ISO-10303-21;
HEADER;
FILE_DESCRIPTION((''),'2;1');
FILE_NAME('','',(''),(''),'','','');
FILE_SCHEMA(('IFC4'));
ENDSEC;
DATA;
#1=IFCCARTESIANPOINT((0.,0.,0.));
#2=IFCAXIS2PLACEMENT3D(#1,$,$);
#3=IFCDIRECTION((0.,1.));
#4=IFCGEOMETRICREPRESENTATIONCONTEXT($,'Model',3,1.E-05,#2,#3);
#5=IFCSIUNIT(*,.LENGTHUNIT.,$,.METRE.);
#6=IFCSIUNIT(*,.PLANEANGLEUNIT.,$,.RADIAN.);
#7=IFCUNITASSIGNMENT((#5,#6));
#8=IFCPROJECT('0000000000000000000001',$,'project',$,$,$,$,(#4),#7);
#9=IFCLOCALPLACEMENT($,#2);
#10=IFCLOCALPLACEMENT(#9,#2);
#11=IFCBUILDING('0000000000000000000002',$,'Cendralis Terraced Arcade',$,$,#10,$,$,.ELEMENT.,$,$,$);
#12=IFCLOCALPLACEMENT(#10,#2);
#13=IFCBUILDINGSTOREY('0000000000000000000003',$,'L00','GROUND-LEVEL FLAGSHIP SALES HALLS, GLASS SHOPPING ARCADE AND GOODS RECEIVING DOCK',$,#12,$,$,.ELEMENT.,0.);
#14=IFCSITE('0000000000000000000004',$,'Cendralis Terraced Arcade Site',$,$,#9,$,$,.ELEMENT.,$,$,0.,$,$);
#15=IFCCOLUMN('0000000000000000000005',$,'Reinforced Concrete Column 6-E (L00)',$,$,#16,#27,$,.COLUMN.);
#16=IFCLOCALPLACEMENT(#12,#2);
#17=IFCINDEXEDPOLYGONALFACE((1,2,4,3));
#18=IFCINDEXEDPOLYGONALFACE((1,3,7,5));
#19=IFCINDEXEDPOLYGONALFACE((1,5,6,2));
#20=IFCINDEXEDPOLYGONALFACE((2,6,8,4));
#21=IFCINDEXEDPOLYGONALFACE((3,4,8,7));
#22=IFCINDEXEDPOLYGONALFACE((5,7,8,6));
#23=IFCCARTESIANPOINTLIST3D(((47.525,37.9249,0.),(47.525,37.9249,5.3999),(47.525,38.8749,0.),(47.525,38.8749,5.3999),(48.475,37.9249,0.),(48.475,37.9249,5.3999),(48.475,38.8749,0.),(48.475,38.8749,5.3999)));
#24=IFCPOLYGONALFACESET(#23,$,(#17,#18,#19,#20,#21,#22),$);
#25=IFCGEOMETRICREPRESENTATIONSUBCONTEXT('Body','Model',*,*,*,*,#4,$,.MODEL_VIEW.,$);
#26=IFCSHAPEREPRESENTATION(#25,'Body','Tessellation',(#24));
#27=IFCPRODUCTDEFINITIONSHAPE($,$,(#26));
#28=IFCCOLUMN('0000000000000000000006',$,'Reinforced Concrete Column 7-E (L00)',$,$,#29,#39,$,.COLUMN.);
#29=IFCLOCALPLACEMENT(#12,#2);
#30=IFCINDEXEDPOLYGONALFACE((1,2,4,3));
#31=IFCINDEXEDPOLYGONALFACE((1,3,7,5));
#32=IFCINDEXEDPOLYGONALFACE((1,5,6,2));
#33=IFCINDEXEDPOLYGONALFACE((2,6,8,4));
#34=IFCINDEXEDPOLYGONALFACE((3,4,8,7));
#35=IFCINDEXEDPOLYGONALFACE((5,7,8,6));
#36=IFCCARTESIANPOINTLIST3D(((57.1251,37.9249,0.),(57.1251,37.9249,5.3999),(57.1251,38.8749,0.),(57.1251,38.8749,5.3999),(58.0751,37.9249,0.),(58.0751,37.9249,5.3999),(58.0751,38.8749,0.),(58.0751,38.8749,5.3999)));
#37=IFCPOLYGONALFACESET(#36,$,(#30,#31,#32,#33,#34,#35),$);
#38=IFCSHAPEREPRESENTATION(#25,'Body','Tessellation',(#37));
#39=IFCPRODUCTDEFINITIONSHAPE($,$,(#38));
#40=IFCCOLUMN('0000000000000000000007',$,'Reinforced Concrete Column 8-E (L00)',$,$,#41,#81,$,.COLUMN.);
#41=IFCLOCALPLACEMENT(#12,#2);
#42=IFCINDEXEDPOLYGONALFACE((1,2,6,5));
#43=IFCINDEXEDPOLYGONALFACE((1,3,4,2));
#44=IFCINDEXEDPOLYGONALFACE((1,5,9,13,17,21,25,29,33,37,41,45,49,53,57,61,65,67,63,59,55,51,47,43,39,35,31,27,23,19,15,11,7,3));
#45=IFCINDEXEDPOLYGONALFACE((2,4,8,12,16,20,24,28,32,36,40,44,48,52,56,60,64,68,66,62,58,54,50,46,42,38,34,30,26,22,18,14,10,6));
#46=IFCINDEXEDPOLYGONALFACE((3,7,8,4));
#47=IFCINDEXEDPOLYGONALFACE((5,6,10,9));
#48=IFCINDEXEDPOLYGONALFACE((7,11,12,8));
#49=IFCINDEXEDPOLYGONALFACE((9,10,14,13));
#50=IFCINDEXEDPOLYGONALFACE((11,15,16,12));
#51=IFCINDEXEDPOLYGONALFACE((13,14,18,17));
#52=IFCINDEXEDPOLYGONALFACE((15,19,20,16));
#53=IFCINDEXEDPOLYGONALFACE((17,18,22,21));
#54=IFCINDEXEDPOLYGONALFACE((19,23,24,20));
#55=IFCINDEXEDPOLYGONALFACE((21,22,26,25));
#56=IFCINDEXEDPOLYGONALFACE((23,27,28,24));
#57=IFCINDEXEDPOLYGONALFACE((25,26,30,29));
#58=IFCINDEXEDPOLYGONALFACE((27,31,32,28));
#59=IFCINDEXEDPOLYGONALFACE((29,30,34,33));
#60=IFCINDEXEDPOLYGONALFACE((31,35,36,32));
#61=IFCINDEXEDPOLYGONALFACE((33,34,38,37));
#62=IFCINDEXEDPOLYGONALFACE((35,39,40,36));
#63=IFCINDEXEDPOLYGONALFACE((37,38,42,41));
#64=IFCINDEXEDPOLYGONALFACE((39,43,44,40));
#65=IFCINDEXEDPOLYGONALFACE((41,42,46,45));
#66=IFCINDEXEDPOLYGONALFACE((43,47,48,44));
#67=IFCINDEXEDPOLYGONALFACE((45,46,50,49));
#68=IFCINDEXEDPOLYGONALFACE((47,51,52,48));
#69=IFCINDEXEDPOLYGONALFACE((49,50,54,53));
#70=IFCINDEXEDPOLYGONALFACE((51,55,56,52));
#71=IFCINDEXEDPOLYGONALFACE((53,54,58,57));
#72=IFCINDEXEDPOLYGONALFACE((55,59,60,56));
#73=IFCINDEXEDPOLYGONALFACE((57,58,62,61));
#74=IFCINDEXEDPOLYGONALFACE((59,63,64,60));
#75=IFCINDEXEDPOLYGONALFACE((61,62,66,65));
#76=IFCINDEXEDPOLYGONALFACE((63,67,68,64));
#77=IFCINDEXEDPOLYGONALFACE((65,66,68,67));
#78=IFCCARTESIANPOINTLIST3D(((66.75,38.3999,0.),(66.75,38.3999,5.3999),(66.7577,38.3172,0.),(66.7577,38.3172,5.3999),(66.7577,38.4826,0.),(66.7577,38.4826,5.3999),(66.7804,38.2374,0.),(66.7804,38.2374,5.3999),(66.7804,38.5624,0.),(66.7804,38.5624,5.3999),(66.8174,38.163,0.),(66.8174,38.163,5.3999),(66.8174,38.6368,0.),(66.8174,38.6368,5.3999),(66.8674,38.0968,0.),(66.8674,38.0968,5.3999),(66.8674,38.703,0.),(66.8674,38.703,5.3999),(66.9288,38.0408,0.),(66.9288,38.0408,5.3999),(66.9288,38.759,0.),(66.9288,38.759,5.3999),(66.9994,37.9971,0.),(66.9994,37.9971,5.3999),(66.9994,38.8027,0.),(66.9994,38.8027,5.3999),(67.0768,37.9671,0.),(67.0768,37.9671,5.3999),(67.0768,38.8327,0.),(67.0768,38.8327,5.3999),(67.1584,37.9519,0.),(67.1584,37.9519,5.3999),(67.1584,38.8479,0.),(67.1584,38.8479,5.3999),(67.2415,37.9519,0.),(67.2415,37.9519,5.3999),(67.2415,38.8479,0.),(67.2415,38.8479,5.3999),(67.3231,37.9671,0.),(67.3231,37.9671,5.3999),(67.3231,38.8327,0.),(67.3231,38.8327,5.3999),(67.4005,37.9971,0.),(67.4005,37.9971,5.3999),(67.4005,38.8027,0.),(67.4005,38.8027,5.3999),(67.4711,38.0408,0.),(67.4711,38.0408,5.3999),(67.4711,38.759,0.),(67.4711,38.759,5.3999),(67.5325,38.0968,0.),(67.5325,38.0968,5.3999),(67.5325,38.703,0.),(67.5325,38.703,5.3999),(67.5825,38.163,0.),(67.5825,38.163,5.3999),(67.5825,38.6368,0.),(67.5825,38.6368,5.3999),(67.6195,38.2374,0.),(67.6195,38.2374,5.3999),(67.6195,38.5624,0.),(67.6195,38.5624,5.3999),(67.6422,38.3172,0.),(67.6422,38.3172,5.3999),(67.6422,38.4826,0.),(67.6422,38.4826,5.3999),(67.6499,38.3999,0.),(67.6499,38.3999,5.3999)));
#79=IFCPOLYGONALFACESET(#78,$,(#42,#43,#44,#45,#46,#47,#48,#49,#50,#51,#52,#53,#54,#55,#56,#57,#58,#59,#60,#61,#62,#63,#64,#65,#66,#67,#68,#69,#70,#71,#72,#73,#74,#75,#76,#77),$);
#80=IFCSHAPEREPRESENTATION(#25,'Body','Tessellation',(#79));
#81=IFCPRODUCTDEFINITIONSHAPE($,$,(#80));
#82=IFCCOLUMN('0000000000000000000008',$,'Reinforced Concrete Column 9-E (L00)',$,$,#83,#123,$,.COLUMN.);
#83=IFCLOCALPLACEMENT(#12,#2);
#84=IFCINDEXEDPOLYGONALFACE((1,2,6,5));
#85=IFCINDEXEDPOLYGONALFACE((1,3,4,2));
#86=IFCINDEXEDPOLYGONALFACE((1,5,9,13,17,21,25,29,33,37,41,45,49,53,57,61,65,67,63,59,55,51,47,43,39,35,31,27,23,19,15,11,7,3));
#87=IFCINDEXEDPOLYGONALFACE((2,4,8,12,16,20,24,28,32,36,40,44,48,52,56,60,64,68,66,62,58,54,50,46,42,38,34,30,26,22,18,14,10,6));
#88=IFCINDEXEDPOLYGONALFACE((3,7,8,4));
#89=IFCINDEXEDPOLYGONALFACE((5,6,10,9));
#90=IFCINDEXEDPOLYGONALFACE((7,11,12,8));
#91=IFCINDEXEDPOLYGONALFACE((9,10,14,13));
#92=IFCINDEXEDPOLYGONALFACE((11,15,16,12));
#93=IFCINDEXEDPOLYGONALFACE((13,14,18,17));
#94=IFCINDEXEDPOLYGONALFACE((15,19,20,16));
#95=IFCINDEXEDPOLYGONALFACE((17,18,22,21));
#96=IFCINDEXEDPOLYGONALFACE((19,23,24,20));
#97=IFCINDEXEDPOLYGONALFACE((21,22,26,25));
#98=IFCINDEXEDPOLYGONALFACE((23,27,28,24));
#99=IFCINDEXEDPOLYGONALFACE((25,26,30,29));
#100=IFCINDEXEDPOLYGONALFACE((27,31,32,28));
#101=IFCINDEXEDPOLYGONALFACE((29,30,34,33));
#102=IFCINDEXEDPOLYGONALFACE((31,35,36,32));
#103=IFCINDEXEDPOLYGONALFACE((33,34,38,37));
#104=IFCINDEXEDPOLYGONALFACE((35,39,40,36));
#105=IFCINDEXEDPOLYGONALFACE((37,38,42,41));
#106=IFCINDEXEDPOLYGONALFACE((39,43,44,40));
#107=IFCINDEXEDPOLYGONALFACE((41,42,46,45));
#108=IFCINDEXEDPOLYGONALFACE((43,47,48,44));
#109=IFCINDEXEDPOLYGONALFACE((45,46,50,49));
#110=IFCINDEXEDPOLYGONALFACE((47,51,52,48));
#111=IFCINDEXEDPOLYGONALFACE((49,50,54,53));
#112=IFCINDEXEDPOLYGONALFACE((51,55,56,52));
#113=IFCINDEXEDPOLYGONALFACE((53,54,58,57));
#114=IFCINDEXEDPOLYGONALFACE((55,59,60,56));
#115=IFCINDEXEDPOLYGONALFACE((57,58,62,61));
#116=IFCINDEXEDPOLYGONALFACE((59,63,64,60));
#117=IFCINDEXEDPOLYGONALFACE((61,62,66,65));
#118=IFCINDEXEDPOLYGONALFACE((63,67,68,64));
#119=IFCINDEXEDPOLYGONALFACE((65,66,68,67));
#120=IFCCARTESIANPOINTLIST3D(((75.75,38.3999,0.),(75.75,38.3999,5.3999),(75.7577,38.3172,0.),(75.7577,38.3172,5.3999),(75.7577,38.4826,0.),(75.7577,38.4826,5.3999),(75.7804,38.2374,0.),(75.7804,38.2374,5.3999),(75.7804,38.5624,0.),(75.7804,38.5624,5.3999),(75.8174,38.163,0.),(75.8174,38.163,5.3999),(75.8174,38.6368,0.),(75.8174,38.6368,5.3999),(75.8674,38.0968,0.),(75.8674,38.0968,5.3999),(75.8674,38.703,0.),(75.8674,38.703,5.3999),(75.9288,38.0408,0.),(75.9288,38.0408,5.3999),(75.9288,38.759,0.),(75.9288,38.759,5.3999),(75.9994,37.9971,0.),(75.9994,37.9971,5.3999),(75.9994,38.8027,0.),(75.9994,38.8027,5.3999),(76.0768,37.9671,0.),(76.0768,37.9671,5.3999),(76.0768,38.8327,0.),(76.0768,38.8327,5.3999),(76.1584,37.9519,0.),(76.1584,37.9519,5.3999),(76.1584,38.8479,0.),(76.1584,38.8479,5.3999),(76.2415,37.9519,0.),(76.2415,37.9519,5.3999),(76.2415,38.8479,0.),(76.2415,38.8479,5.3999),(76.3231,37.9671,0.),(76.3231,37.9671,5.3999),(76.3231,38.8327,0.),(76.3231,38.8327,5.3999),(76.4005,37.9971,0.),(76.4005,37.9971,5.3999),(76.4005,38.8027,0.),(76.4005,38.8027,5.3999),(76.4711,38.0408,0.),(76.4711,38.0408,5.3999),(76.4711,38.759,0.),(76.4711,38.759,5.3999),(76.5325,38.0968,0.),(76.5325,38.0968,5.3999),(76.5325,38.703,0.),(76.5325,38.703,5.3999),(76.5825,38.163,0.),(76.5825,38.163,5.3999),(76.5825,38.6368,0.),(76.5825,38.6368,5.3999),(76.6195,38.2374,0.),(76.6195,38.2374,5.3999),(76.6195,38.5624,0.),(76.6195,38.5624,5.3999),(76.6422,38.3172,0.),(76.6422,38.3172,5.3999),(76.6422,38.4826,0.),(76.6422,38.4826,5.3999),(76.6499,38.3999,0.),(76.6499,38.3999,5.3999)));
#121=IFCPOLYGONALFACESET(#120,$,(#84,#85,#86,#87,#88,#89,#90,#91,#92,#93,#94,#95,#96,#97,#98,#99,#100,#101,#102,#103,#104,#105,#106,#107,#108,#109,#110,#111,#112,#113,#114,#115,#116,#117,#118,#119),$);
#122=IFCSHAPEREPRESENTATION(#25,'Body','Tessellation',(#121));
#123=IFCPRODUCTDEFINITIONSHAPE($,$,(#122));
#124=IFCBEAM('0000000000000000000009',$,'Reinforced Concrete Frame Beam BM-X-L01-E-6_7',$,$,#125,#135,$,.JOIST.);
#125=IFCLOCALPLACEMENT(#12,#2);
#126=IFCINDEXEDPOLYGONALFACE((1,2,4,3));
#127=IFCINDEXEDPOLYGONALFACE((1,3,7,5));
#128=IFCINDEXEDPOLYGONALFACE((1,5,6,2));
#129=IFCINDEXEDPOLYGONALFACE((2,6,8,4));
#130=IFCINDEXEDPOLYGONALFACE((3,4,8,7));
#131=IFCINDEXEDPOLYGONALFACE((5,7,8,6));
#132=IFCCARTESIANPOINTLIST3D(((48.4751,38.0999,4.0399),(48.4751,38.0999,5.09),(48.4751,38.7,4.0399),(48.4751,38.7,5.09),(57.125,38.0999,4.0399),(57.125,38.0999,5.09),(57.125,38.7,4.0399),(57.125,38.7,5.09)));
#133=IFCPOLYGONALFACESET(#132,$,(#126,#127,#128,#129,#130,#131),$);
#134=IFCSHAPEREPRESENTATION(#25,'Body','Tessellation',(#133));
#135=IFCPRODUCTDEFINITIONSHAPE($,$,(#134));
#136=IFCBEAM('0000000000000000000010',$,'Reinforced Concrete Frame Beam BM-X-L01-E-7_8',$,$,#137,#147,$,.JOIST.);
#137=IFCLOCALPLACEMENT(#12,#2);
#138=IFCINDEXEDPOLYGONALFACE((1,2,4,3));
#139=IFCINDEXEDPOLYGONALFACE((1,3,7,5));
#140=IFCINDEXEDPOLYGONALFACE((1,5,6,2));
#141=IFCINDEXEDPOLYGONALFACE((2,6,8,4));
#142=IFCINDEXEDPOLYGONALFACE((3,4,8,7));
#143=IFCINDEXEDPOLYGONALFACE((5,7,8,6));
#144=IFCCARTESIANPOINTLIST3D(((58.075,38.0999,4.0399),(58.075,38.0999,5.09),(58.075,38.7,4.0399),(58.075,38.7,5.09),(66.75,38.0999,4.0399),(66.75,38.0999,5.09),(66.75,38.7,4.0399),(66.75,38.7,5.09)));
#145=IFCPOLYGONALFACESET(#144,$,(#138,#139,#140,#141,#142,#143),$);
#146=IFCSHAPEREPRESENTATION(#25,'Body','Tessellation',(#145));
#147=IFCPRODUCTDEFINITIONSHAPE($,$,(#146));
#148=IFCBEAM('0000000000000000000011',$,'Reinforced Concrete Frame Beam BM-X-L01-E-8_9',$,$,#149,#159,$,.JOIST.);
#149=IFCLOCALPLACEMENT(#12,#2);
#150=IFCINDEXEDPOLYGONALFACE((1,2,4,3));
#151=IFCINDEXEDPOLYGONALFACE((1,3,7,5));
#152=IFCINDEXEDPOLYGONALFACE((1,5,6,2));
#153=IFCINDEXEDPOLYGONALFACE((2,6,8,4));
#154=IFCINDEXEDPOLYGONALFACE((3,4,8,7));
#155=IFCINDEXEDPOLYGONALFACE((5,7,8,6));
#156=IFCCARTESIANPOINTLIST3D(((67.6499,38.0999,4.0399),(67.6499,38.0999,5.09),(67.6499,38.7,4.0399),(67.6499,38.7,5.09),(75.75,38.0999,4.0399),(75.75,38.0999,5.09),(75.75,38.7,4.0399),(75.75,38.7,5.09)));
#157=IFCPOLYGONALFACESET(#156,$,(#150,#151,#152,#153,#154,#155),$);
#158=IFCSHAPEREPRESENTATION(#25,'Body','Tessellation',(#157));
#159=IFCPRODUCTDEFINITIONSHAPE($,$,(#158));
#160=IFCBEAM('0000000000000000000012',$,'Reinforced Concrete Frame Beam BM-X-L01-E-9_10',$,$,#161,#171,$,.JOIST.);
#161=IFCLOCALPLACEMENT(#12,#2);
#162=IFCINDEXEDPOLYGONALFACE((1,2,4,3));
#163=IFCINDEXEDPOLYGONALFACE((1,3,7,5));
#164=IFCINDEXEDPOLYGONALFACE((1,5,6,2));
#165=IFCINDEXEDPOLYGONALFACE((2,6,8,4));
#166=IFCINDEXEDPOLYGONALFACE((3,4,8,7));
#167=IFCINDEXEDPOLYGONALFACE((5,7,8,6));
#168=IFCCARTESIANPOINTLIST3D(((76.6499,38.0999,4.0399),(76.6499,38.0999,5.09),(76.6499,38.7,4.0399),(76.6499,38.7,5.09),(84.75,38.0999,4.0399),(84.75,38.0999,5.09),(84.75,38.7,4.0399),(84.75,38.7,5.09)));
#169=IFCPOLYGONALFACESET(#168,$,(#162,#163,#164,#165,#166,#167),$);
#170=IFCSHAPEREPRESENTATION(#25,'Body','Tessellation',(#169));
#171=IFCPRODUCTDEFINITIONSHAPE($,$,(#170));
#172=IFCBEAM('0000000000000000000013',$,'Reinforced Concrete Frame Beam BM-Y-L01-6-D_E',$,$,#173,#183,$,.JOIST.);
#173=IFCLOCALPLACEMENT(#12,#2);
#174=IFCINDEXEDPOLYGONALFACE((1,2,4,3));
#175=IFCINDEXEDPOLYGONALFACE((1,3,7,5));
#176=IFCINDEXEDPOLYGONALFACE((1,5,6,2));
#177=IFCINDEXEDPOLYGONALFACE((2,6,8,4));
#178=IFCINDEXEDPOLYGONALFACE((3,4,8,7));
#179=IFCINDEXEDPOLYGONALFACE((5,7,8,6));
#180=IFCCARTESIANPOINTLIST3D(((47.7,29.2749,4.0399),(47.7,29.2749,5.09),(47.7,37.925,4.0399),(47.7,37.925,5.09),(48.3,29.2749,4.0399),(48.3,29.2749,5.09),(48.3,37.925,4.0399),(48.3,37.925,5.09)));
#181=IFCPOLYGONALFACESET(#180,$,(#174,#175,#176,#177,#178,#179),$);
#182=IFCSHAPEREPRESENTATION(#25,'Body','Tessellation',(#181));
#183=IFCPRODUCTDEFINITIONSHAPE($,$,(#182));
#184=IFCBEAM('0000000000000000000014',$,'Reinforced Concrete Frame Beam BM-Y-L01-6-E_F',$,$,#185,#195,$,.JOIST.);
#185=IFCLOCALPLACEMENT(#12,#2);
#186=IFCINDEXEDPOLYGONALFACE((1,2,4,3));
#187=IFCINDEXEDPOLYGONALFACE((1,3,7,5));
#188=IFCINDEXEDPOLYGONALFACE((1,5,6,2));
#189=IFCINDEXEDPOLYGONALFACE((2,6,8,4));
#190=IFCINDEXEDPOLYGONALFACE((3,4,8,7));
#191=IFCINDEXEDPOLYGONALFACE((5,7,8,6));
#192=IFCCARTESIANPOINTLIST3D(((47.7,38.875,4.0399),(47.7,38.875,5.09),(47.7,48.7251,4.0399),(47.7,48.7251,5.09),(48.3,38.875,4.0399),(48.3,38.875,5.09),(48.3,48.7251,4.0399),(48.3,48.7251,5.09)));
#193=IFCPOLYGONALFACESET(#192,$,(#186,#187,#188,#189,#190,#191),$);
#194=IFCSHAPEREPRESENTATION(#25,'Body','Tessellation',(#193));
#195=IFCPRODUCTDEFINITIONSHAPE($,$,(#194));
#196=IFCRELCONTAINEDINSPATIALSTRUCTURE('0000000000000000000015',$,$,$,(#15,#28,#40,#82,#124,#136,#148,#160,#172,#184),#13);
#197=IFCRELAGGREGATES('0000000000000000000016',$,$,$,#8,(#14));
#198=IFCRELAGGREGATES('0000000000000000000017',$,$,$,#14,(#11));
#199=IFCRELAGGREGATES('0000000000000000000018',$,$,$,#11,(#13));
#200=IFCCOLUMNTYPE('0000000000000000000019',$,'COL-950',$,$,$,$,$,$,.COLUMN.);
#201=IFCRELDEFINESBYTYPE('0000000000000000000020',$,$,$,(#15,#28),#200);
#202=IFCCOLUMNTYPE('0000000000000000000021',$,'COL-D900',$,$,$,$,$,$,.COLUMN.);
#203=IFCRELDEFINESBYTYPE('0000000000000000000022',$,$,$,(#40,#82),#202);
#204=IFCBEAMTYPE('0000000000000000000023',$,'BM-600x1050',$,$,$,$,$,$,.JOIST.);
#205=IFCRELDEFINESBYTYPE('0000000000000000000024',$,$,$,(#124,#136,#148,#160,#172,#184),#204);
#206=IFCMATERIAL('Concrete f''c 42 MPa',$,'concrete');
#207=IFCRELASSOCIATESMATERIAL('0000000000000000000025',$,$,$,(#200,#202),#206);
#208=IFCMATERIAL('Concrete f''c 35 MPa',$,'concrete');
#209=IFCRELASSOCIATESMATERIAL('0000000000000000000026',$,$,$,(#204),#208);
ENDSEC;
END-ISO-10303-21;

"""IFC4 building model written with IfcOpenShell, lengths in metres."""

from ifc_helpers import new_model, si_unit, direction, frame, origin, origin_2d, place, context, subcontext, project, spatial, rectangle, circle, extrude, material, material_profile, profile_set, type_object, element, save


model = new_model("IFC4")

# Units and contexts
model_context = context("Model", 3, precision=1e-05, world=origin(), true_north=direction((0.0, 1.0)))
body_context = subcontext(model_context, "Body", "Model", "MODEL_VIEW")
ifc_project = project(units=[si_unit("LENGTHUNIT", "METRE"), si_unit("PLANEANGLEUNIT", "RADIAN")], contexts=[model_context])

# Site, building, storey
site_placement = place(None, origin())
site = spatial("IfcSite", under=ifc_project, at=site_placement, Name="Cendralis Terraced Arcade Site", CompositionType="ELEMENT", RefElevation=0.0)
building_placement = place(site_placement, origin())
building = spatial("IfcBuilding", under=site, at=building_placement, Name="Cendralis Terraced Arcade", CompositionType="ELEMENT")
storey_placement = place(building_placement, origin())
storey = spatial("IfcBuildingStorey", under=building, at=storey_placement, Name="L00", Description="GROUND-LEVEL FLAGSHIP SALES HALLS, GLASS SHOPPING ARCADE AND GOODS RECEIVING DOCK", CompositionType="ELEMENT", Elevation=0.0)

# Columns
ifc_material_1 = material(Name="Concrete f'c 42 MPa", Category="concrete")
ifc_material_profile_1 = material_profile(ifc_material_1, rectangle(XDim=0.95, YDim=0.95, at=origin_2d()), Name="RC-COL-950x950", Category="LoadBearing")
ifc_profile_set_1 = profile_set([ifc_material_profile_1], Name="Concrete f'c 42 MPa")
column_type_1 = type_object("IfcColumnType", Name="COL-950", PredefinedType="COLUMN", material=ifc_profile_set_1)
for number, where, z_axis, x_axis, name in (
    (1, (48.0, 38.3999, 0.0), (0.0, 0.0, 1.0), (1.0, 0.0, 0.0), "Reinforced Concrete Column 6-E (L00)"),
    (2, (57.6001, 38.3999, 0.0), (0.0, 0.0, 1.0), (1.0, 0.0, 0.0), "Reinforced Concrete Column 7-E (L00)"),
):
    element("IfcColumn", number, at=place(storey_placement, frame(where, z_axis=z_axis, x_axis=x_axis)), inside=storey, type_object=column_type_1, Name=name, PredefinedType="COLUMN", context=body_context, shape_type="SweptSolid", body=[
        extrude(rectangle(XDim=0.95, YDim=0.95, at=origin_2d()), origin(), (0.0, 0.0, 1.0), 5.3999),
    ])
ifc_material_profile_2 = material_profile(ifc_material_1, circle(Radius=0.45, at=origin_2d()), Name="RC-COL-D900", Category="LoadBearing")
ifc_profile_set_2 = profile_set([ifc_material_profile_2], Name="Concrete f'c 42 MPa")
column_type_2 = type_object("IfcColumnType", Name="COL-D900", PredefinedType="COLUMN", material=ifc_profile_set_2)
for number, where, z_axis, x_axis, name in (
    (3, (67.2, 38.3999, 0.0), (0.0, 0.0, 1.0), (1.0, 0.0, 0.0), "Reinforced Concrete Column 8-E (L00)"),
    (4, (76.2, 38.3999, 0.0), (0.0, 0.0, 1.0), (1.0, 0.0, 0.0), "Reinforced Concrete Column 9-E (L00)"),
):
    element("IfcColumn", number, at=place(storey_placement, frame(where, z_axis=z_axis, x_axis=x_axis)), inside=storey, type_object=column_type_2, Name=name, PredefinedType="COLUMN", context=body_context, shape_type="SweptSolid", body=[
        extrude(circle(Radius=0.45, at=origin_2d()), origin(), (0.0, 0.0, 1.0), 5.3999),
    ])

# Beams
ifc_material_2 = material(Name="Concrete f'c 35 MPa", Category="concrete")
ifc_material_profile_3 = material_profile(ifc_material_2, rectangle(XDim=0.6001, YDim=1.05, at=origin_2d()), Name="RC-BM-600x1050", Category="LoadBearing")
ifc_profile_set_3 = profile_set([ifc_material_profile_3], Name="Concrete f'c 35 MPa")
beam_type = type_object("IfcBeamType", Name="BM-600x1050", PredefinedType="JOIST", material=ifc_profile_set_3)
beam_1_placement = place(storey_placement, frame((48.4751, 38.3999, 4.5649), z_axis=(1.0, 0.0, 0.0), x_axis=(0.0, 1.0, 0.0)))
element("IfcBeam", 5, at=beam_1_placement, inside=storey, type_object=beam_type, Name="Reinforced Concrete Frame Beam BM-X-L01-E-6_7", PredefinedType="JOIST", context=body_context, shape_type="SweptSolid", body=[
    extrude(rectangle(XDim=0.6001, YDim=1.05, at=origin_2d()), origin(), (0.0, 0.0, 1.0), 8.6499),
])
beam_2_placement = place(storey_placement, frame((58.075, 38.3999, 4.5649), z_axis=(1.0, 0.0, 0.0), x_axis=(0.0, 1.0, 0.0)))
element("IfcBeam", 6, at=beam_2_placement, inside=storey, type_object=beam_type, Name="Reinforced Concrete Frame Beam BM-X-L01-E-7_8", PredefinedType="JOIST", context=body_context, shape_type="SweptSolid", body=[
    extrude(rectangle(XDim=0.6001, YDim=1.05, at=origin_2d()), origin(), (0.0, 0.0, 1.0), 8.675),
])
for number, where, z_axis, x_axis, name in (
    (7, (67.6499, 38.3999, 4.5649), (1.0, 0.0, 0.0), (0.0, 1.0, 0.0), "Reinforced Concrete Frame Beam BM-X-L01-E-8_9"),
    (8, (76.6499, 38.3999, 4.5649), (1.0, 0.0, 0.0), (0.0, 1.0, 0.0), "Reinforced Concrete Frame Beam BM-X-L01-E-9_10"),
):
    element("IfcBeam", number, at=place(storey_placement, frame(where, z_axis=z_axis, x_axis=x_axis)), inside=storey, type_object=beam_type, Name=name, PredefinedType="JOIST", context=body_context, shape_type="SweptSolid", body=[
        extrude(rectangle(XDim=0.6001, YDim=1.05, at=origin_2d()), origin(), (0.0, 0.0, 1.0), 8.1001),
    ])
beam_3_placement = place(storey_placement, frame((48.0, 29.2749, 4.5649), z_axis=(0.0, 1.0, 0.0), x_axis=(-1.0, 0.0, 0.0)))
element("IfcBeam", 9, at=beam_3_placement, inside=storey, type_object=beam_type, Name="Reinforced Concrete Frame Beam BM-Y-L01-6-D_E", PredefinedType="JOIST", context=body_context, shape_type="SweptSolid", body=[
    extrude(rectangle(XDim=0.6001, YDim=1.05, at=origin_2d()), origin(), (0.0, 0.0, 1.0), 8.6501),
])
beam_4_placement = place(storey_placement, frame((48.0, 38.875, 4.5649), z_axis=(0.0, 1.0, 0.0), x_axis=(-1.0, 0.0, 0.0)))
element("IfcBeam", 10, at=beam_4_placement, inside=storey, type_object=beam_type, Name="Reinforced Concrete Frame Beam BM-Y-L01-6-E_F", PredefinedType="JOIST", context=body_context, shape_type="SweptSolid", body=[
    extrude(rectangle(XDim=0.6001, YDim=1.05, at=origin_2d()), origin(), (0.0, 0.0, 1.0), 9.8501),
])

save(model, "model.ifc")
